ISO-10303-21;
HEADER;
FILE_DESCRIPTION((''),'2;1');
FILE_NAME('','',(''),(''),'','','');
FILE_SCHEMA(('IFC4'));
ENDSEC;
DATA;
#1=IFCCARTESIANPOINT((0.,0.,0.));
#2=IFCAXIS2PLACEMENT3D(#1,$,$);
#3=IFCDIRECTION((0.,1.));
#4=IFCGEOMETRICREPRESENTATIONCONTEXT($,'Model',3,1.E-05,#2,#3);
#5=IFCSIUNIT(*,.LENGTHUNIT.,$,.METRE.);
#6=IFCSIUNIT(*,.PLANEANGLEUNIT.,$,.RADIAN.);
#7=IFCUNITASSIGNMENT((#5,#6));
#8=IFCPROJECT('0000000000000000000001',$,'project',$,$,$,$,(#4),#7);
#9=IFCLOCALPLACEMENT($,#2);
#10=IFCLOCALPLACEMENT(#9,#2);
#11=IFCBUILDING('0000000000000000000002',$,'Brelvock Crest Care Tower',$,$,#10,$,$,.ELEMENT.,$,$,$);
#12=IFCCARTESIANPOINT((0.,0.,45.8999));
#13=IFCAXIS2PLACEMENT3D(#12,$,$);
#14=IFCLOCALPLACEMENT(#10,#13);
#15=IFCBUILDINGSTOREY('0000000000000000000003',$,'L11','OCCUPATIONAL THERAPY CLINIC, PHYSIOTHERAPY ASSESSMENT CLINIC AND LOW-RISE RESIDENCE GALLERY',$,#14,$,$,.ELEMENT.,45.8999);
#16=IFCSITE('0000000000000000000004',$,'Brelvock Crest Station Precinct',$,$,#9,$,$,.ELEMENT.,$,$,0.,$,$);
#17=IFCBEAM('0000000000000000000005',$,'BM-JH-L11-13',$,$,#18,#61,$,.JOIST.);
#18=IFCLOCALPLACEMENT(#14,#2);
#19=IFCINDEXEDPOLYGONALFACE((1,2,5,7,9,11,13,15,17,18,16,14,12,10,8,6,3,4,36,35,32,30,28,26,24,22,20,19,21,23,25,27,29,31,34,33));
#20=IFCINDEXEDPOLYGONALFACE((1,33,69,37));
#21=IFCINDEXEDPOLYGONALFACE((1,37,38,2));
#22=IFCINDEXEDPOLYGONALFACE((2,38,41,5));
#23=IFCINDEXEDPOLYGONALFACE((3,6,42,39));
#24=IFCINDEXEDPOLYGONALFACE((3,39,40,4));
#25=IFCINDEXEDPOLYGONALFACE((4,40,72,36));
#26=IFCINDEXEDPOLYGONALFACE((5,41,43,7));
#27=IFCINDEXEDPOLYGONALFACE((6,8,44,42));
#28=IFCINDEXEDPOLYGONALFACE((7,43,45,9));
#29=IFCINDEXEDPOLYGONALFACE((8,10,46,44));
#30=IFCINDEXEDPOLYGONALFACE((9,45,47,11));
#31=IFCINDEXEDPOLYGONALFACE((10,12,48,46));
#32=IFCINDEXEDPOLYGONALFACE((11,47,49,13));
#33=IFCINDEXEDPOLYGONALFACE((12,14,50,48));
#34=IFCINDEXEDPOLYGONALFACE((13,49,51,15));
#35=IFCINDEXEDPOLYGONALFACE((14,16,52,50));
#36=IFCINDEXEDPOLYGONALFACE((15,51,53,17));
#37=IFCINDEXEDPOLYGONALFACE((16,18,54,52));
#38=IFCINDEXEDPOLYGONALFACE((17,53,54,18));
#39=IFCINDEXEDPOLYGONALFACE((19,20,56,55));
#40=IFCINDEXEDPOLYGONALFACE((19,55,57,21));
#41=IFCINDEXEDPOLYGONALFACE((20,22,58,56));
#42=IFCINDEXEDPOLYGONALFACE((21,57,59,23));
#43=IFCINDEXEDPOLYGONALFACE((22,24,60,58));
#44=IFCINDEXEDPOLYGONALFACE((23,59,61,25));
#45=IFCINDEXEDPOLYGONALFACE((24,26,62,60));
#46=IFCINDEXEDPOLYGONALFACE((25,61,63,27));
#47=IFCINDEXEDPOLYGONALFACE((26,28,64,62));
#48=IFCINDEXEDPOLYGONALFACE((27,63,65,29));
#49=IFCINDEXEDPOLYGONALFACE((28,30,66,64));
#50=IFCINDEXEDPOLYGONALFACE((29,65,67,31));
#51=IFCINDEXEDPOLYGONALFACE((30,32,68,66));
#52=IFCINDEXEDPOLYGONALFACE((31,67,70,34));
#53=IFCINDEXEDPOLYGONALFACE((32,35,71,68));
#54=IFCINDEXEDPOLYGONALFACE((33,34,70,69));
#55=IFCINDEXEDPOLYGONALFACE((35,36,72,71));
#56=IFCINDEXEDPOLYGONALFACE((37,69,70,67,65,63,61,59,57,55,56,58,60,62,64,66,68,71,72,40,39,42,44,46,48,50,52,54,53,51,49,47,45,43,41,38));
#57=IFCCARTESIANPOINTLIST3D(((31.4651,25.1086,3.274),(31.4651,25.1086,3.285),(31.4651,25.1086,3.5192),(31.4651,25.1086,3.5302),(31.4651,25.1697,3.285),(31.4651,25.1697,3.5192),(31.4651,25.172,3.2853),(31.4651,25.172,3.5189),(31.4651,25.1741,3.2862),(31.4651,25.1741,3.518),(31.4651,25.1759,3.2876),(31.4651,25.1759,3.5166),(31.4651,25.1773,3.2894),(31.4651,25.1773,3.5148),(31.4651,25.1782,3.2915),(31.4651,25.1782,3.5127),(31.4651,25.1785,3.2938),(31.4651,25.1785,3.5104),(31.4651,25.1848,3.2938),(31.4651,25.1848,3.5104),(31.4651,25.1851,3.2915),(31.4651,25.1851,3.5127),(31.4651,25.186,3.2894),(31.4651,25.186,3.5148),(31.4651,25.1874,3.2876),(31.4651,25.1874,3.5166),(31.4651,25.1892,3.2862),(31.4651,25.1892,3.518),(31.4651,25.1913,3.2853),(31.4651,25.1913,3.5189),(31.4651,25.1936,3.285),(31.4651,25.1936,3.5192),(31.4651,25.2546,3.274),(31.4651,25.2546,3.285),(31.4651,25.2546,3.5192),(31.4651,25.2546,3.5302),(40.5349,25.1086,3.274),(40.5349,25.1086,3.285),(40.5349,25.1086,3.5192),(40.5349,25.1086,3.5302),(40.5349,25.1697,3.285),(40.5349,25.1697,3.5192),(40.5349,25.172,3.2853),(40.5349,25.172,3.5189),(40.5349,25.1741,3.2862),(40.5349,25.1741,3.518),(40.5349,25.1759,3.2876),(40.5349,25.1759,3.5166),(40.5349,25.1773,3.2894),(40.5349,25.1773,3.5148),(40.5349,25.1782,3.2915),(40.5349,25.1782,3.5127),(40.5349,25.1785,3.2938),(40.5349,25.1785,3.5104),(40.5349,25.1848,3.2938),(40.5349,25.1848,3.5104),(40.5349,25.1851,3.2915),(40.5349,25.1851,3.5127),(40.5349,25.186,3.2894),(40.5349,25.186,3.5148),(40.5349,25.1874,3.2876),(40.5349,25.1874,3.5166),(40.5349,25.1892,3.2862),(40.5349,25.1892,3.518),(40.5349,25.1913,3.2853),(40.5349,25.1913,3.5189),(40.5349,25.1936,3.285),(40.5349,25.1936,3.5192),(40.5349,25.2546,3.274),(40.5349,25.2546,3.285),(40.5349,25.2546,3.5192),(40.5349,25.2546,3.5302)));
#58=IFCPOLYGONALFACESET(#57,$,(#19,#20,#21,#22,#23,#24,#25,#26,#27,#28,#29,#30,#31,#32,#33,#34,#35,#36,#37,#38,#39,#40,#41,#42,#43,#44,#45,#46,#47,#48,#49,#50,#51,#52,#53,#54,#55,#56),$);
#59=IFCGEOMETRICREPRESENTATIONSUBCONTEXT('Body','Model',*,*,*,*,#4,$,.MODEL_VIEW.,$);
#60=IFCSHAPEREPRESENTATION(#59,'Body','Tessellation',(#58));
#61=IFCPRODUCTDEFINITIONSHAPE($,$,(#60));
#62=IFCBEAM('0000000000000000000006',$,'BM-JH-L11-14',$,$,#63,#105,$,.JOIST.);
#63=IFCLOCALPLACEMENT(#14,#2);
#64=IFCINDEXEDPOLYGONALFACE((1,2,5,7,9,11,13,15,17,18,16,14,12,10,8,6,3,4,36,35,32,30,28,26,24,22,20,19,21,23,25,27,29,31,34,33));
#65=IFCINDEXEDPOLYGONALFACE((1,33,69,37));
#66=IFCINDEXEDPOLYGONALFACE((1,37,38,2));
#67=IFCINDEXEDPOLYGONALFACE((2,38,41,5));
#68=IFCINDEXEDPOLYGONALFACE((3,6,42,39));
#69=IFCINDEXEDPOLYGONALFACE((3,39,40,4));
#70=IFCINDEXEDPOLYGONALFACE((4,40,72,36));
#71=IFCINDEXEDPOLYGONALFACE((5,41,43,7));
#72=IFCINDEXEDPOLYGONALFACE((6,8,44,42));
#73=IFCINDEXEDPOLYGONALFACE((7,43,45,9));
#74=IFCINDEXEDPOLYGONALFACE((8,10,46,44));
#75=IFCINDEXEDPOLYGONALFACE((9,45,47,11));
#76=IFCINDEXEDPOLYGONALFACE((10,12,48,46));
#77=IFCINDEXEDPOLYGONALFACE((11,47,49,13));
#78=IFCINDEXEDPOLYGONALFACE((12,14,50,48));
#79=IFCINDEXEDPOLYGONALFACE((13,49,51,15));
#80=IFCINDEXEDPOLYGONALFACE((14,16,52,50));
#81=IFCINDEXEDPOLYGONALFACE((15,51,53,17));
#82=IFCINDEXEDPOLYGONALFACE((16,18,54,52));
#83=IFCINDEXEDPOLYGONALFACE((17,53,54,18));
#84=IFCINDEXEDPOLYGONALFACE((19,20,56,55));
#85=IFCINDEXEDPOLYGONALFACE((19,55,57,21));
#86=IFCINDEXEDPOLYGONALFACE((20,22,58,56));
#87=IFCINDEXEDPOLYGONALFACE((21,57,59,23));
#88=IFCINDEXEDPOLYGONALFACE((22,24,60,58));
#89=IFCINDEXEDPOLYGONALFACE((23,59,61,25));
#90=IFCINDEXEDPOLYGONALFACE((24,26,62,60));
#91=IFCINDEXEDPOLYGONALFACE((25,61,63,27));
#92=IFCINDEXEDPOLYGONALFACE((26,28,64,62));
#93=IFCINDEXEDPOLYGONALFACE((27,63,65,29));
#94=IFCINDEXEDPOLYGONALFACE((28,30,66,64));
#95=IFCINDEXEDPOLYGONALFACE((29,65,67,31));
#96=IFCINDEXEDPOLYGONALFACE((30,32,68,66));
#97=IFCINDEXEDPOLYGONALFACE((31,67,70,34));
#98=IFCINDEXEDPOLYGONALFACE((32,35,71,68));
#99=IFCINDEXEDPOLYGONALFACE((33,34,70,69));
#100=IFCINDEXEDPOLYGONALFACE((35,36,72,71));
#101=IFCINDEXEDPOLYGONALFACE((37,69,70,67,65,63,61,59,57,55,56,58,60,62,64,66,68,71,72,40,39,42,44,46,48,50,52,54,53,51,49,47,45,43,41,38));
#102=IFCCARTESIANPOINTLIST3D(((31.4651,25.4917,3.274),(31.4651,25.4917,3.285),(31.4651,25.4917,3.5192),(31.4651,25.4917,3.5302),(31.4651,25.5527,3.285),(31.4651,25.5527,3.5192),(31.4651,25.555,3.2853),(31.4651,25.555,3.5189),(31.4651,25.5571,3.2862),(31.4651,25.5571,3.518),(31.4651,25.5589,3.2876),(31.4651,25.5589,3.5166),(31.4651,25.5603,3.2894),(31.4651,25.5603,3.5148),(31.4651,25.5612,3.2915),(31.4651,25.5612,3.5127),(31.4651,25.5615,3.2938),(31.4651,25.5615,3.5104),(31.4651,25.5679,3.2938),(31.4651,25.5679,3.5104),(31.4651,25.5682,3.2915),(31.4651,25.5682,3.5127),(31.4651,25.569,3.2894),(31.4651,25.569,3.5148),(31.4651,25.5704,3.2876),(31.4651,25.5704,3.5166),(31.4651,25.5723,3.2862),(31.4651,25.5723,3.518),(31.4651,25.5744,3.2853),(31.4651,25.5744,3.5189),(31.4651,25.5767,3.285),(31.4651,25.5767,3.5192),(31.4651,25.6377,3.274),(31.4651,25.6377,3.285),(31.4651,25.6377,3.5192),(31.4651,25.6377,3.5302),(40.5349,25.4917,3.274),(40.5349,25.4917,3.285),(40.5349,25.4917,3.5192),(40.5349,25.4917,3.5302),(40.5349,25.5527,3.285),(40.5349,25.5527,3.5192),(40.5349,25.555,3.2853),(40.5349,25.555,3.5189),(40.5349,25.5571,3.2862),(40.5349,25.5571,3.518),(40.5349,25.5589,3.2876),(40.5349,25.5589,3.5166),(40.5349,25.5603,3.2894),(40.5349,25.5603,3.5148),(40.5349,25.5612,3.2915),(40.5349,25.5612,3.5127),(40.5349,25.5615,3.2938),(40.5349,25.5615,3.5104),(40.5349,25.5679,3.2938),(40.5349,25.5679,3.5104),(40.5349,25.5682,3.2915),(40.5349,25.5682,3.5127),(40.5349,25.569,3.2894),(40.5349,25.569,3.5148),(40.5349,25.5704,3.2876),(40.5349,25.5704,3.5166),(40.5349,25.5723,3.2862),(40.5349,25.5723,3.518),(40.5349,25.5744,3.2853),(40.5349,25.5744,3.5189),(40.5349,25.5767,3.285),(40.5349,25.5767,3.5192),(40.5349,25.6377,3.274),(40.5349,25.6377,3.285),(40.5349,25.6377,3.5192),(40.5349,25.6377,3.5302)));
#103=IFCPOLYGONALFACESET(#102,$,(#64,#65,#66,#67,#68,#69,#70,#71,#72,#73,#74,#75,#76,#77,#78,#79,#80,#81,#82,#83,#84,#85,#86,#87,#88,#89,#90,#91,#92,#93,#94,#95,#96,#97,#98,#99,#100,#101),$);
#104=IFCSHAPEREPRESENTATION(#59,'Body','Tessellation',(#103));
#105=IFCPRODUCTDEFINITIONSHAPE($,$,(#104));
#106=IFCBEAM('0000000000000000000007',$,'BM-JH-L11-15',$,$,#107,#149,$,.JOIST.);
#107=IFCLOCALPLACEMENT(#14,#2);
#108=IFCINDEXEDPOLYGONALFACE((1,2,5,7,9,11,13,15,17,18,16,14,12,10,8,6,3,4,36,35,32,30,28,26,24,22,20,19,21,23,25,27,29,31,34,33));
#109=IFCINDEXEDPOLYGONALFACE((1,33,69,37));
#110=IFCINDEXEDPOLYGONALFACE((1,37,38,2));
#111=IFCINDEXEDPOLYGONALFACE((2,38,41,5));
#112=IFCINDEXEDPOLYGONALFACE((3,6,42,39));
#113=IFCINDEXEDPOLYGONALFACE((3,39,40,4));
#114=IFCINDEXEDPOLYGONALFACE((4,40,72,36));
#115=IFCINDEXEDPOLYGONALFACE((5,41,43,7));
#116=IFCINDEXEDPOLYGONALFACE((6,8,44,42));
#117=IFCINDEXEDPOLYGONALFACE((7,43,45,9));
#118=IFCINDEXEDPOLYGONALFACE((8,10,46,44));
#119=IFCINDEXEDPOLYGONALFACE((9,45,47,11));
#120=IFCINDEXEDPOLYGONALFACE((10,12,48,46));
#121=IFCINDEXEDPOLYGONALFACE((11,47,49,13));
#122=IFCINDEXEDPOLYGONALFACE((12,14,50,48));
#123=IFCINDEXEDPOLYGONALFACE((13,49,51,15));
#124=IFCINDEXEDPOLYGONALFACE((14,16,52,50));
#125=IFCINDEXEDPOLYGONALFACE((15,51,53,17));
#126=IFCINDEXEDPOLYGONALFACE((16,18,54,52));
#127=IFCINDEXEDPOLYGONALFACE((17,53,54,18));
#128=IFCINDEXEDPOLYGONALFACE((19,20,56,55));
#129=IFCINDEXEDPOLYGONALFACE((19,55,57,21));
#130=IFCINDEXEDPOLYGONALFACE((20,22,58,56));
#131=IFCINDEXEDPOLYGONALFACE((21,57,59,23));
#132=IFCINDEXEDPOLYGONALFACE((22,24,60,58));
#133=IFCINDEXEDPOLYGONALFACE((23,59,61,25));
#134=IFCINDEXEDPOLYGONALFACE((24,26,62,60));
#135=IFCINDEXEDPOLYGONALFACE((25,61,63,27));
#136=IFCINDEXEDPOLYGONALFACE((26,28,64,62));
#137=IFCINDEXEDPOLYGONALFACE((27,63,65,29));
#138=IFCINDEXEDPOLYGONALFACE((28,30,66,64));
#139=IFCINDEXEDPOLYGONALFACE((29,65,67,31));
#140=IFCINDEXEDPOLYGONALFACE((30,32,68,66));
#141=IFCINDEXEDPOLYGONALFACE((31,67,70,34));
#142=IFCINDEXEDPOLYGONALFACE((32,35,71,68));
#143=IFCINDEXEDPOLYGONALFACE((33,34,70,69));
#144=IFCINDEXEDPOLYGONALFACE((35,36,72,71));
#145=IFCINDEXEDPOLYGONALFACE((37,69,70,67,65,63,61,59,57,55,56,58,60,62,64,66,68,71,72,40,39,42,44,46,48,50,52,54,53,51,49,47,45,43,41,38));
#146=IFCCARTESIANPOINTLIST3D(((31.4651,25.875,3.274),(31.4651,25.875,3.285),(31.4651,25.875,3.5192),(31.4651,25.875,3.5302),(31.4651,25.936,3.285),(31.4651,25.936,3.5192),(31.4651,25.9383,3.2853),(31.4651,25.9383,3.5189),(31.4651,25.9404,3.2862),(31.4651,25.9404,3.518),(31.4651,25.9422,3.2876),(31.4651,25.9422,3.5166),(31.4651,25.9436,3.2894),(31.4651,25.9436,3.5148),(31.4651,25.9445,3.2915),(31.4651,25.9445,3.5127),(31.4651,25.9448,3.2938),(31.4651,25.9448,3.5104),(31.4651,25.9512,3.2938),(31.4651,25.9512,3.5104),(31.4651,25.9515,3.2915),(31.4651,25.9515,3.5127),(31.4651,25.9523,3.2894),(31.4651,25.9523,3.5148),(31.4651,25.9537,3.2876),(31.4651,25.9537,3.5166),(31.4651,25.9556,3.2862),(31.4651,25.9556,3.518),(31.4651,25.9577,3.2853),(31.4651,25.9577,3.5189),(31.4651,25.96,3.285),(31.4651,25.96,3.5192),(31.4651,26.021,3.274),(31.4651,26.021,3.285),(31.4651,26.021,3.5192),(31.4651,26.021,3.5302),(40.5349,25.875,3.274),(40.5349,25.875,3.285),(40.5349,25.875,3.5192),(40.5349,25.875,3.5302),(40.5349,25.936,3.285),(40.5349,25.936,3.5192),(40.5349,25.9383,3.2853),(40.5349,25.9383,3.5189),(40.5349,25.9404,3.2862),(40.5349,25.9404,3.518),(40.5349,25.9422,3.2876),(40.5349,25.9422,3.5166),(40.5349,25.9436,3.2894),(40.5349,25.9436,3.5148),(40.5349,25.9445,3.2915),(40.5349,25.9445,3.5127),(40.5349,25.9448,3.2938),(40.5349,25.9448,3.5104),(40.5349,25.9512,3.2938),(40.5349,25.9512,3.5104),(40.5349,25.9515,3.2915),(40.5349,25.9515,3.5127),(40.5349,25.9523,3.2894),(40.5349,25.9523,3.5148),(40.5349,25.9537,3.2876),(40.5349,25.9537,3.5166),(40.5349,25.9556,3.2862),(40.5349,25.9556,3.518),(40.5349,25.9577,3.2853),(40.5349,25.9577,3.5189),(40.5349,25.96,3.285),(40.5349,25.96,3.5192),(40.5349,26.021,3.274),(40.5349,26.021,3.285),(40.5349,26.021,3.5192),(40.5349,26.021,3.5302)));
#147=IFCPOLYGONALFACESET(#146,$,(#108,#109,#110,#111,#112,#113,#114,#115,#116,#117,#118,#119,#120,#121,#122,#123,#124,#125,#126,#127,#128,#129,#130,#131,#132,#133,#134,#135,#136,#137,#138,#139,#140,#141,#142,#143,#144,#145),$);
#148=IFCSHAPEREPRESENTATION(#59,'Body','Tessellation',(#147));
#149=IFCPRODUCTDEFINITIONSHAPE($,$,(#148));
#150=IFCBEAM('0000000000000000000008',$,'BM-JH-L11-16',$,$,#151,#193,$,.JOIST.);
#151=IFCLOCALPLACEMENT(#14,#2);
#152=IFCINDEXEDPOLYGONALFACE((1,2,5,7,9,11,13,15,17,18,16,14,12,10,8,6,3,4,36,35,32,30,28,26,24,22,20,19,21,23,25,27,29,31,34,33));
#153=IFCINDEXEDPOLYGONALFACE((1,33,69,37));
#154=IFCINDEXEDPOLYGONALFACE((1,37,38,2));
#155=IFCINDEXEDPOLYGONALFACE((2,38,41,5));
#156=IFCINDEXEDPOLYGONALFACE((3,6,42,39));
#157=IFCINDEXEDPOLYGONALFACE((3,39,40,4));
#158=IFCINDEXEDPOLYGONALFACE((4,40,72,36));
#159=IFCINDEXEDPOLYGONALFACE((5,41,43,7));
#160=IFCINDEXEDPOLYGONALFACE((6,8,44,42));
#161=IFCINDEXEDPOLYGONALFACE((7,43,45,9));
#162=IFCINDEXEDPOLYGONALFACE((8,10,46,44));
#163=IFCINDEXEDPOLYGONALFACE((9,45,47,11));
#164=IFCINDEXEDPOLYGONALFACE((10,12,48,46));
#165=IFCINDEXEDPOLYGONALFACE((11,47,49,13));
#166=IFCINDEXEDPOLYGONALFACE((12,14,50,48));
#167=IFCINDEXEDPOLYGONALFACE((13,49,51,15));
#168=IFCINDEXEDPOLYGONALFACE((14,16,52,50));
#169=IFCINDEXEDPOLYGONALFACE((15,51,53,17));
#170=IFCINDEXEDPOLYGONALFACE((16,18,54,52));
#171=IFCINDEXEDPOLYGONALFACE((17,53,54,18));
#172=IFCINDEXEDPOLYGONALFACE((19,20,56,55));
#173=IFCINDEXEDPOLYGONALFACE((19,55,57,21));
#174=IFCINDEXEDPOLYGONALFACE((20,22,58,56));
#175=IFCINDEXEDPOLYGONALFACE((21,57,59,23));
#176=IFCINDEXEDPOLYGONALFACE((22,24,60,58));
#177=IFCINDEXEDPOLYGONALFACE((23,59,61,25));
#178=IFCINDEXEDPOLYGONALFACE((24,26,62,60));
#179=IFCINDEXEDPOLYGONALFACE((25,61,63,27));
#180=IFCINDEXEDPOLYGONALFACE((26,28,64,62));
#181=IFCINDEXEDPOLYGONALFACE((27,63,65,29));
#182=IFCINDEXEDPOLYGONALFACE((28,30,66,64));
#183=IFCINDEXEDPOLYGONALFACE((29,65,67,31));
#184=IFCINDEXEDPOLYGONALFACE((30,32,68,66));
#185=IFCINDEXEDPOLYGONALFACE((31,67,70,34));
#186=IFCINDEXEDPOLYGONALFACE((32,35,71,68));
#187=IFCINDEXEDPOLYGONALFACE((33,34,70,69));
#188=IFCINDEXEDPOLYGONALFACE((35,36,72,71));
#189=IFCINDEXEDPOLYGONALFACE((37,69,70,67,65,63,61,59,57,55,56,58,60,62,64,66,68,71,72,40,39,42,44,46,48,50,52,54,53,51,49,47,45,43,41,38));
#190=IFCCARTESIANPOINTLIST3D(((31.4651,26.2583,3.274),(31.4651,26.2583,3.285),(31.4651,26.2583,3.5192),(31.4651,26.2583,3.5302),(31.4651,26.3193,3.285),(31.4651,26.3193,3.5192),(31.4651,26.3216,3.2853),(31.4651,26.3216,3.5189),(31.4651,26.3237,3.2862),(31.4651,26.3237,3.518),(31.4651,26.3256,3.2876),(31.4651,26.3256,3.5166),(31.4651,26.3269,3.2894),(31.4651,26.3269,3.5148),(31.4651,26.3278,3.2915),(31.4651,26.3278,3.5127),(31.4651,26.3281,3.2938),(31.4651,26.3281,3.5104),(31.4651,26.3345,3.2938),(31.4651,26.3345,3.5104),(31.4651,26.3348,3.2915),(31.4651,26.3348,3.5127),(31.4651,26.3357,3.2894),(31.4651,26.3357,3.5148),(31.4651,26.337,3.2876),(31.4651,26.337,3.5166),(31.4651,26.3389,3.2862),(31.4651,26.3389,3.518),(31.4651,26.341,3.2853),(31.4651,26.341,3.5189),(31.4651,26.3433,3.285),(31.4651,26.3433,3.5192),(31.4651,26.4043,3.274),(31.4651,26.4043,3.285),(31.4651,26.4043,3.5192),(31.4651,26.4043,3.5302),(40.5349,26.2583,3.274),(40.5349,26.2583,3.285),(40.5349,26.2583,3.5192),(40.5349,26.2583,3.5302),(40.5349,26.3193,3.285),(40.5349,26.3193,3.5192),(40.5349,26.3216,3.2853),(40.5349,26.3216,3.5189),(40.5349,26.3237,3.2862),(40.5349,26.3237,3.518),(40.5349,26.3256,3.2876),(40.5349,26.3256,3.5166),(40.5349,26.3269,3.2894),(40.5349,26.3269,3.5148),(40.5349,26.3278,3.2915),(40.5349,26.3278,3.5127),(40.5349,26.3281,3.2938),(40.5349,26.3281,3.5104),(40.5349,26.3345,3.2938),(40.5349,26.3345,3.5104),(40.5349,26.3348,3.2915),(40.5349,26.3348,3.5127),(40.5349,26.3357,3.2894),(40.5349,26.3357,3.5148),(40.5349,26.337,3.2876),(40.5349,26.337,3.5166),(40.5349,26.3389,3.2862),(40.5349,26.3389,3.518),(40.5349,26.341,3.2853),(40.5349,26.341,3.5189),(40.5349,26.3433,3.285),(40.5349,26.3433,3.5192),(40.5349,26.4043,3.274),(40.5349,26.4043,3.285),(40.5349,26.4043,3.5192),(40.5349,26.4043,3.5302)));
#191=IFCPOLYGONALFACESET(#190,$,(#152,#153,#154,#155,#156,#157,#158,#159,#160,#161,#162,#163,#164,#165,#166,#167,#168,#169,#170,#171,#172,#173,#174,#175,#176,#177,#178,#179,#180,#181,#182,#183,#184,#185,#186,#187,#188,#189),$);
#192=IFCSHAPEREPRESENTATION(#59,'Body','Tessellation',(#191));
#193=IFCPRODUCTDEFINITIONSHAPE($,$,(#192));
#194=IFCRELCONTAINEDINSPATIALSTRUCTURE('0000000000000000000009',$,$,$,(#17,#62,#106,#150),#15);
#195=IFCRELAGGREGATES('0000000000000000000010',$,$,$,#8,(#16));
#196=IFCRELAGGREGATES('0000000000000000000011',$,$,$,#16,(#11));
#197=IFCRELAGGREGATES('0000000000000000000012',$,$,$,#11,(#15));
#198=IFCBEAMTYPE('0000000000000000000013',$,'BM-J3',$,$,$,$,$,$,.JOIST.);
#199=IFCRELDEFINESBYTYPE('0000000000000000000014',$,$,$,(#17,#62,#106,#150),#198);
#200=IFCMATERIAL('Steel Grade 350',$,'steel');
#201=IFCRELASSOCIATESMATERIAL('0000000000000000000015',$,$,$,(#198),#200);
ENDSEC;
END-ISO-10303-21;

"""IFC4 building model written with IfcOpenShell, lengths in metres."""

from ifc_helpers import new_model, si_unit, direction, frame, origin, origin_2d, place, context, subcontext, project, spatial, i_section, extrude, source, transform, mapped, material, material_profile, profile_set, type_object, element, save


model = new_model("IFC4")

# Units and contexts
model_context = context("Model", 3, precision=1e-05, world=origin(), true_north=direction((0.0, 1.0)))
body_context = subcontext(model_context, "Body", "Model", "MODEL_VIEW")
ifc_project = project(units=[si_unit("LENGTHUNIT", "METRE"), si_unit("PLANEANGLEUNIT", "RADIAN")], contexts=[model_context])

# Site, building, storey
site_placement = place(None, origin())
site = spatial("IfcSite", under=ifc_project, at=site_placement, Name="Brelvock Crest Station Precinct", CompositionType="ELEMENT", RefElevation=0.0)
building_placement = place(site_placement, origin())
building = spatial("IfcBuilding", under=site, at=building_placement, Name="Brelvock Crest Care Tower", CompositionType="ELEMENT")
storey_placement = place(building_placement, frame((0.0, 0.0, 45.8999)))
storey = spatial("IfcBuildingStorey", under=building, at=storey_placement, Name="L11", Description="OCCUPATIONAL THERAPY CLINIC, PHYSIOTHERAPY ASSESSMENT CLINIC AND LOW-RISE RESIDENCE GALLERY", CompositionType="ELEMENT", Elevation=45.8999)

# Beams
ifc_material_1 = material(Name="Steel Grade 350", Category="steel")
ifc_material_profile = material_profile(ifc_material_1, i_section(OverallWidth=0.146, OverallDepth=0.2561, WebThickness=0.0063, FlangeThickness=0.011, FilletRadius=0.0088, at=origin_2d()), Name="250UB37.3")
ifc_profile_set = profile_set([ifc_material_profile], Name="Steel Grade 350")
beam_type = type_object("IfcBeamType", Name="BM-J3", PredefinedType="JOIST", material=ifc_profile_set)
shared_shape_1 = source(origin(), body_context, "Body", "SweptSolid", [
    extrude(i_section(OverallWidth=0.146, OverallDepth=0.2561, WebThickness=0.0063, FlangeThickness=0.011, FilletRadius=0.0088, at=origin_2d()), origin(), (0.0, 0.0, 1.0), 9.0698),
])
for number, where, z_axis, x_axis, name in (
    (1, (31.4651, 25.1816, 3.4021), (1.0, 0.0, 0.0), (0.0, 1.0, 0.0), "BM-JH-L11-13"),
    (2, (31.4651, 25.5647, 3.4021), (1.0, 0.0, 0.0), (0.0, 1.0, 0.0), "BM-JH-L11-14"),
    (3, (31.4651, 25.948, 3.4021), (1.0, 0.0, 0.0), (0.0, 1.0, 0.0), "BM-JH-L11-15"),
    (4, (31.4651, 26.3313, 3.4021), (1.0, 0.0, 0.0), (0.0, 1.0, 0.0), "BM-JH-L11-16"),
):
    element("IfcBeam", number, at=place(storey_placement, frame(where, z_axis=z_axis, x_axis=x_axis)), inside=storey, type_object=beam_type, Name=name, PredefinedType="JOIST", context=body_context, shape_type="MappedRepresentation", body=[
        mapped(shared_shape_1, transform((0.0, 0.0, 0.0), x_axis=(1.0, 0.0, 0.0), y_axis=(0.0, 1.0, 0.0), z_axis=(0.0, 0.0, 1.0), scale=1.0)),
    ])

save(model, "model.ifc")
